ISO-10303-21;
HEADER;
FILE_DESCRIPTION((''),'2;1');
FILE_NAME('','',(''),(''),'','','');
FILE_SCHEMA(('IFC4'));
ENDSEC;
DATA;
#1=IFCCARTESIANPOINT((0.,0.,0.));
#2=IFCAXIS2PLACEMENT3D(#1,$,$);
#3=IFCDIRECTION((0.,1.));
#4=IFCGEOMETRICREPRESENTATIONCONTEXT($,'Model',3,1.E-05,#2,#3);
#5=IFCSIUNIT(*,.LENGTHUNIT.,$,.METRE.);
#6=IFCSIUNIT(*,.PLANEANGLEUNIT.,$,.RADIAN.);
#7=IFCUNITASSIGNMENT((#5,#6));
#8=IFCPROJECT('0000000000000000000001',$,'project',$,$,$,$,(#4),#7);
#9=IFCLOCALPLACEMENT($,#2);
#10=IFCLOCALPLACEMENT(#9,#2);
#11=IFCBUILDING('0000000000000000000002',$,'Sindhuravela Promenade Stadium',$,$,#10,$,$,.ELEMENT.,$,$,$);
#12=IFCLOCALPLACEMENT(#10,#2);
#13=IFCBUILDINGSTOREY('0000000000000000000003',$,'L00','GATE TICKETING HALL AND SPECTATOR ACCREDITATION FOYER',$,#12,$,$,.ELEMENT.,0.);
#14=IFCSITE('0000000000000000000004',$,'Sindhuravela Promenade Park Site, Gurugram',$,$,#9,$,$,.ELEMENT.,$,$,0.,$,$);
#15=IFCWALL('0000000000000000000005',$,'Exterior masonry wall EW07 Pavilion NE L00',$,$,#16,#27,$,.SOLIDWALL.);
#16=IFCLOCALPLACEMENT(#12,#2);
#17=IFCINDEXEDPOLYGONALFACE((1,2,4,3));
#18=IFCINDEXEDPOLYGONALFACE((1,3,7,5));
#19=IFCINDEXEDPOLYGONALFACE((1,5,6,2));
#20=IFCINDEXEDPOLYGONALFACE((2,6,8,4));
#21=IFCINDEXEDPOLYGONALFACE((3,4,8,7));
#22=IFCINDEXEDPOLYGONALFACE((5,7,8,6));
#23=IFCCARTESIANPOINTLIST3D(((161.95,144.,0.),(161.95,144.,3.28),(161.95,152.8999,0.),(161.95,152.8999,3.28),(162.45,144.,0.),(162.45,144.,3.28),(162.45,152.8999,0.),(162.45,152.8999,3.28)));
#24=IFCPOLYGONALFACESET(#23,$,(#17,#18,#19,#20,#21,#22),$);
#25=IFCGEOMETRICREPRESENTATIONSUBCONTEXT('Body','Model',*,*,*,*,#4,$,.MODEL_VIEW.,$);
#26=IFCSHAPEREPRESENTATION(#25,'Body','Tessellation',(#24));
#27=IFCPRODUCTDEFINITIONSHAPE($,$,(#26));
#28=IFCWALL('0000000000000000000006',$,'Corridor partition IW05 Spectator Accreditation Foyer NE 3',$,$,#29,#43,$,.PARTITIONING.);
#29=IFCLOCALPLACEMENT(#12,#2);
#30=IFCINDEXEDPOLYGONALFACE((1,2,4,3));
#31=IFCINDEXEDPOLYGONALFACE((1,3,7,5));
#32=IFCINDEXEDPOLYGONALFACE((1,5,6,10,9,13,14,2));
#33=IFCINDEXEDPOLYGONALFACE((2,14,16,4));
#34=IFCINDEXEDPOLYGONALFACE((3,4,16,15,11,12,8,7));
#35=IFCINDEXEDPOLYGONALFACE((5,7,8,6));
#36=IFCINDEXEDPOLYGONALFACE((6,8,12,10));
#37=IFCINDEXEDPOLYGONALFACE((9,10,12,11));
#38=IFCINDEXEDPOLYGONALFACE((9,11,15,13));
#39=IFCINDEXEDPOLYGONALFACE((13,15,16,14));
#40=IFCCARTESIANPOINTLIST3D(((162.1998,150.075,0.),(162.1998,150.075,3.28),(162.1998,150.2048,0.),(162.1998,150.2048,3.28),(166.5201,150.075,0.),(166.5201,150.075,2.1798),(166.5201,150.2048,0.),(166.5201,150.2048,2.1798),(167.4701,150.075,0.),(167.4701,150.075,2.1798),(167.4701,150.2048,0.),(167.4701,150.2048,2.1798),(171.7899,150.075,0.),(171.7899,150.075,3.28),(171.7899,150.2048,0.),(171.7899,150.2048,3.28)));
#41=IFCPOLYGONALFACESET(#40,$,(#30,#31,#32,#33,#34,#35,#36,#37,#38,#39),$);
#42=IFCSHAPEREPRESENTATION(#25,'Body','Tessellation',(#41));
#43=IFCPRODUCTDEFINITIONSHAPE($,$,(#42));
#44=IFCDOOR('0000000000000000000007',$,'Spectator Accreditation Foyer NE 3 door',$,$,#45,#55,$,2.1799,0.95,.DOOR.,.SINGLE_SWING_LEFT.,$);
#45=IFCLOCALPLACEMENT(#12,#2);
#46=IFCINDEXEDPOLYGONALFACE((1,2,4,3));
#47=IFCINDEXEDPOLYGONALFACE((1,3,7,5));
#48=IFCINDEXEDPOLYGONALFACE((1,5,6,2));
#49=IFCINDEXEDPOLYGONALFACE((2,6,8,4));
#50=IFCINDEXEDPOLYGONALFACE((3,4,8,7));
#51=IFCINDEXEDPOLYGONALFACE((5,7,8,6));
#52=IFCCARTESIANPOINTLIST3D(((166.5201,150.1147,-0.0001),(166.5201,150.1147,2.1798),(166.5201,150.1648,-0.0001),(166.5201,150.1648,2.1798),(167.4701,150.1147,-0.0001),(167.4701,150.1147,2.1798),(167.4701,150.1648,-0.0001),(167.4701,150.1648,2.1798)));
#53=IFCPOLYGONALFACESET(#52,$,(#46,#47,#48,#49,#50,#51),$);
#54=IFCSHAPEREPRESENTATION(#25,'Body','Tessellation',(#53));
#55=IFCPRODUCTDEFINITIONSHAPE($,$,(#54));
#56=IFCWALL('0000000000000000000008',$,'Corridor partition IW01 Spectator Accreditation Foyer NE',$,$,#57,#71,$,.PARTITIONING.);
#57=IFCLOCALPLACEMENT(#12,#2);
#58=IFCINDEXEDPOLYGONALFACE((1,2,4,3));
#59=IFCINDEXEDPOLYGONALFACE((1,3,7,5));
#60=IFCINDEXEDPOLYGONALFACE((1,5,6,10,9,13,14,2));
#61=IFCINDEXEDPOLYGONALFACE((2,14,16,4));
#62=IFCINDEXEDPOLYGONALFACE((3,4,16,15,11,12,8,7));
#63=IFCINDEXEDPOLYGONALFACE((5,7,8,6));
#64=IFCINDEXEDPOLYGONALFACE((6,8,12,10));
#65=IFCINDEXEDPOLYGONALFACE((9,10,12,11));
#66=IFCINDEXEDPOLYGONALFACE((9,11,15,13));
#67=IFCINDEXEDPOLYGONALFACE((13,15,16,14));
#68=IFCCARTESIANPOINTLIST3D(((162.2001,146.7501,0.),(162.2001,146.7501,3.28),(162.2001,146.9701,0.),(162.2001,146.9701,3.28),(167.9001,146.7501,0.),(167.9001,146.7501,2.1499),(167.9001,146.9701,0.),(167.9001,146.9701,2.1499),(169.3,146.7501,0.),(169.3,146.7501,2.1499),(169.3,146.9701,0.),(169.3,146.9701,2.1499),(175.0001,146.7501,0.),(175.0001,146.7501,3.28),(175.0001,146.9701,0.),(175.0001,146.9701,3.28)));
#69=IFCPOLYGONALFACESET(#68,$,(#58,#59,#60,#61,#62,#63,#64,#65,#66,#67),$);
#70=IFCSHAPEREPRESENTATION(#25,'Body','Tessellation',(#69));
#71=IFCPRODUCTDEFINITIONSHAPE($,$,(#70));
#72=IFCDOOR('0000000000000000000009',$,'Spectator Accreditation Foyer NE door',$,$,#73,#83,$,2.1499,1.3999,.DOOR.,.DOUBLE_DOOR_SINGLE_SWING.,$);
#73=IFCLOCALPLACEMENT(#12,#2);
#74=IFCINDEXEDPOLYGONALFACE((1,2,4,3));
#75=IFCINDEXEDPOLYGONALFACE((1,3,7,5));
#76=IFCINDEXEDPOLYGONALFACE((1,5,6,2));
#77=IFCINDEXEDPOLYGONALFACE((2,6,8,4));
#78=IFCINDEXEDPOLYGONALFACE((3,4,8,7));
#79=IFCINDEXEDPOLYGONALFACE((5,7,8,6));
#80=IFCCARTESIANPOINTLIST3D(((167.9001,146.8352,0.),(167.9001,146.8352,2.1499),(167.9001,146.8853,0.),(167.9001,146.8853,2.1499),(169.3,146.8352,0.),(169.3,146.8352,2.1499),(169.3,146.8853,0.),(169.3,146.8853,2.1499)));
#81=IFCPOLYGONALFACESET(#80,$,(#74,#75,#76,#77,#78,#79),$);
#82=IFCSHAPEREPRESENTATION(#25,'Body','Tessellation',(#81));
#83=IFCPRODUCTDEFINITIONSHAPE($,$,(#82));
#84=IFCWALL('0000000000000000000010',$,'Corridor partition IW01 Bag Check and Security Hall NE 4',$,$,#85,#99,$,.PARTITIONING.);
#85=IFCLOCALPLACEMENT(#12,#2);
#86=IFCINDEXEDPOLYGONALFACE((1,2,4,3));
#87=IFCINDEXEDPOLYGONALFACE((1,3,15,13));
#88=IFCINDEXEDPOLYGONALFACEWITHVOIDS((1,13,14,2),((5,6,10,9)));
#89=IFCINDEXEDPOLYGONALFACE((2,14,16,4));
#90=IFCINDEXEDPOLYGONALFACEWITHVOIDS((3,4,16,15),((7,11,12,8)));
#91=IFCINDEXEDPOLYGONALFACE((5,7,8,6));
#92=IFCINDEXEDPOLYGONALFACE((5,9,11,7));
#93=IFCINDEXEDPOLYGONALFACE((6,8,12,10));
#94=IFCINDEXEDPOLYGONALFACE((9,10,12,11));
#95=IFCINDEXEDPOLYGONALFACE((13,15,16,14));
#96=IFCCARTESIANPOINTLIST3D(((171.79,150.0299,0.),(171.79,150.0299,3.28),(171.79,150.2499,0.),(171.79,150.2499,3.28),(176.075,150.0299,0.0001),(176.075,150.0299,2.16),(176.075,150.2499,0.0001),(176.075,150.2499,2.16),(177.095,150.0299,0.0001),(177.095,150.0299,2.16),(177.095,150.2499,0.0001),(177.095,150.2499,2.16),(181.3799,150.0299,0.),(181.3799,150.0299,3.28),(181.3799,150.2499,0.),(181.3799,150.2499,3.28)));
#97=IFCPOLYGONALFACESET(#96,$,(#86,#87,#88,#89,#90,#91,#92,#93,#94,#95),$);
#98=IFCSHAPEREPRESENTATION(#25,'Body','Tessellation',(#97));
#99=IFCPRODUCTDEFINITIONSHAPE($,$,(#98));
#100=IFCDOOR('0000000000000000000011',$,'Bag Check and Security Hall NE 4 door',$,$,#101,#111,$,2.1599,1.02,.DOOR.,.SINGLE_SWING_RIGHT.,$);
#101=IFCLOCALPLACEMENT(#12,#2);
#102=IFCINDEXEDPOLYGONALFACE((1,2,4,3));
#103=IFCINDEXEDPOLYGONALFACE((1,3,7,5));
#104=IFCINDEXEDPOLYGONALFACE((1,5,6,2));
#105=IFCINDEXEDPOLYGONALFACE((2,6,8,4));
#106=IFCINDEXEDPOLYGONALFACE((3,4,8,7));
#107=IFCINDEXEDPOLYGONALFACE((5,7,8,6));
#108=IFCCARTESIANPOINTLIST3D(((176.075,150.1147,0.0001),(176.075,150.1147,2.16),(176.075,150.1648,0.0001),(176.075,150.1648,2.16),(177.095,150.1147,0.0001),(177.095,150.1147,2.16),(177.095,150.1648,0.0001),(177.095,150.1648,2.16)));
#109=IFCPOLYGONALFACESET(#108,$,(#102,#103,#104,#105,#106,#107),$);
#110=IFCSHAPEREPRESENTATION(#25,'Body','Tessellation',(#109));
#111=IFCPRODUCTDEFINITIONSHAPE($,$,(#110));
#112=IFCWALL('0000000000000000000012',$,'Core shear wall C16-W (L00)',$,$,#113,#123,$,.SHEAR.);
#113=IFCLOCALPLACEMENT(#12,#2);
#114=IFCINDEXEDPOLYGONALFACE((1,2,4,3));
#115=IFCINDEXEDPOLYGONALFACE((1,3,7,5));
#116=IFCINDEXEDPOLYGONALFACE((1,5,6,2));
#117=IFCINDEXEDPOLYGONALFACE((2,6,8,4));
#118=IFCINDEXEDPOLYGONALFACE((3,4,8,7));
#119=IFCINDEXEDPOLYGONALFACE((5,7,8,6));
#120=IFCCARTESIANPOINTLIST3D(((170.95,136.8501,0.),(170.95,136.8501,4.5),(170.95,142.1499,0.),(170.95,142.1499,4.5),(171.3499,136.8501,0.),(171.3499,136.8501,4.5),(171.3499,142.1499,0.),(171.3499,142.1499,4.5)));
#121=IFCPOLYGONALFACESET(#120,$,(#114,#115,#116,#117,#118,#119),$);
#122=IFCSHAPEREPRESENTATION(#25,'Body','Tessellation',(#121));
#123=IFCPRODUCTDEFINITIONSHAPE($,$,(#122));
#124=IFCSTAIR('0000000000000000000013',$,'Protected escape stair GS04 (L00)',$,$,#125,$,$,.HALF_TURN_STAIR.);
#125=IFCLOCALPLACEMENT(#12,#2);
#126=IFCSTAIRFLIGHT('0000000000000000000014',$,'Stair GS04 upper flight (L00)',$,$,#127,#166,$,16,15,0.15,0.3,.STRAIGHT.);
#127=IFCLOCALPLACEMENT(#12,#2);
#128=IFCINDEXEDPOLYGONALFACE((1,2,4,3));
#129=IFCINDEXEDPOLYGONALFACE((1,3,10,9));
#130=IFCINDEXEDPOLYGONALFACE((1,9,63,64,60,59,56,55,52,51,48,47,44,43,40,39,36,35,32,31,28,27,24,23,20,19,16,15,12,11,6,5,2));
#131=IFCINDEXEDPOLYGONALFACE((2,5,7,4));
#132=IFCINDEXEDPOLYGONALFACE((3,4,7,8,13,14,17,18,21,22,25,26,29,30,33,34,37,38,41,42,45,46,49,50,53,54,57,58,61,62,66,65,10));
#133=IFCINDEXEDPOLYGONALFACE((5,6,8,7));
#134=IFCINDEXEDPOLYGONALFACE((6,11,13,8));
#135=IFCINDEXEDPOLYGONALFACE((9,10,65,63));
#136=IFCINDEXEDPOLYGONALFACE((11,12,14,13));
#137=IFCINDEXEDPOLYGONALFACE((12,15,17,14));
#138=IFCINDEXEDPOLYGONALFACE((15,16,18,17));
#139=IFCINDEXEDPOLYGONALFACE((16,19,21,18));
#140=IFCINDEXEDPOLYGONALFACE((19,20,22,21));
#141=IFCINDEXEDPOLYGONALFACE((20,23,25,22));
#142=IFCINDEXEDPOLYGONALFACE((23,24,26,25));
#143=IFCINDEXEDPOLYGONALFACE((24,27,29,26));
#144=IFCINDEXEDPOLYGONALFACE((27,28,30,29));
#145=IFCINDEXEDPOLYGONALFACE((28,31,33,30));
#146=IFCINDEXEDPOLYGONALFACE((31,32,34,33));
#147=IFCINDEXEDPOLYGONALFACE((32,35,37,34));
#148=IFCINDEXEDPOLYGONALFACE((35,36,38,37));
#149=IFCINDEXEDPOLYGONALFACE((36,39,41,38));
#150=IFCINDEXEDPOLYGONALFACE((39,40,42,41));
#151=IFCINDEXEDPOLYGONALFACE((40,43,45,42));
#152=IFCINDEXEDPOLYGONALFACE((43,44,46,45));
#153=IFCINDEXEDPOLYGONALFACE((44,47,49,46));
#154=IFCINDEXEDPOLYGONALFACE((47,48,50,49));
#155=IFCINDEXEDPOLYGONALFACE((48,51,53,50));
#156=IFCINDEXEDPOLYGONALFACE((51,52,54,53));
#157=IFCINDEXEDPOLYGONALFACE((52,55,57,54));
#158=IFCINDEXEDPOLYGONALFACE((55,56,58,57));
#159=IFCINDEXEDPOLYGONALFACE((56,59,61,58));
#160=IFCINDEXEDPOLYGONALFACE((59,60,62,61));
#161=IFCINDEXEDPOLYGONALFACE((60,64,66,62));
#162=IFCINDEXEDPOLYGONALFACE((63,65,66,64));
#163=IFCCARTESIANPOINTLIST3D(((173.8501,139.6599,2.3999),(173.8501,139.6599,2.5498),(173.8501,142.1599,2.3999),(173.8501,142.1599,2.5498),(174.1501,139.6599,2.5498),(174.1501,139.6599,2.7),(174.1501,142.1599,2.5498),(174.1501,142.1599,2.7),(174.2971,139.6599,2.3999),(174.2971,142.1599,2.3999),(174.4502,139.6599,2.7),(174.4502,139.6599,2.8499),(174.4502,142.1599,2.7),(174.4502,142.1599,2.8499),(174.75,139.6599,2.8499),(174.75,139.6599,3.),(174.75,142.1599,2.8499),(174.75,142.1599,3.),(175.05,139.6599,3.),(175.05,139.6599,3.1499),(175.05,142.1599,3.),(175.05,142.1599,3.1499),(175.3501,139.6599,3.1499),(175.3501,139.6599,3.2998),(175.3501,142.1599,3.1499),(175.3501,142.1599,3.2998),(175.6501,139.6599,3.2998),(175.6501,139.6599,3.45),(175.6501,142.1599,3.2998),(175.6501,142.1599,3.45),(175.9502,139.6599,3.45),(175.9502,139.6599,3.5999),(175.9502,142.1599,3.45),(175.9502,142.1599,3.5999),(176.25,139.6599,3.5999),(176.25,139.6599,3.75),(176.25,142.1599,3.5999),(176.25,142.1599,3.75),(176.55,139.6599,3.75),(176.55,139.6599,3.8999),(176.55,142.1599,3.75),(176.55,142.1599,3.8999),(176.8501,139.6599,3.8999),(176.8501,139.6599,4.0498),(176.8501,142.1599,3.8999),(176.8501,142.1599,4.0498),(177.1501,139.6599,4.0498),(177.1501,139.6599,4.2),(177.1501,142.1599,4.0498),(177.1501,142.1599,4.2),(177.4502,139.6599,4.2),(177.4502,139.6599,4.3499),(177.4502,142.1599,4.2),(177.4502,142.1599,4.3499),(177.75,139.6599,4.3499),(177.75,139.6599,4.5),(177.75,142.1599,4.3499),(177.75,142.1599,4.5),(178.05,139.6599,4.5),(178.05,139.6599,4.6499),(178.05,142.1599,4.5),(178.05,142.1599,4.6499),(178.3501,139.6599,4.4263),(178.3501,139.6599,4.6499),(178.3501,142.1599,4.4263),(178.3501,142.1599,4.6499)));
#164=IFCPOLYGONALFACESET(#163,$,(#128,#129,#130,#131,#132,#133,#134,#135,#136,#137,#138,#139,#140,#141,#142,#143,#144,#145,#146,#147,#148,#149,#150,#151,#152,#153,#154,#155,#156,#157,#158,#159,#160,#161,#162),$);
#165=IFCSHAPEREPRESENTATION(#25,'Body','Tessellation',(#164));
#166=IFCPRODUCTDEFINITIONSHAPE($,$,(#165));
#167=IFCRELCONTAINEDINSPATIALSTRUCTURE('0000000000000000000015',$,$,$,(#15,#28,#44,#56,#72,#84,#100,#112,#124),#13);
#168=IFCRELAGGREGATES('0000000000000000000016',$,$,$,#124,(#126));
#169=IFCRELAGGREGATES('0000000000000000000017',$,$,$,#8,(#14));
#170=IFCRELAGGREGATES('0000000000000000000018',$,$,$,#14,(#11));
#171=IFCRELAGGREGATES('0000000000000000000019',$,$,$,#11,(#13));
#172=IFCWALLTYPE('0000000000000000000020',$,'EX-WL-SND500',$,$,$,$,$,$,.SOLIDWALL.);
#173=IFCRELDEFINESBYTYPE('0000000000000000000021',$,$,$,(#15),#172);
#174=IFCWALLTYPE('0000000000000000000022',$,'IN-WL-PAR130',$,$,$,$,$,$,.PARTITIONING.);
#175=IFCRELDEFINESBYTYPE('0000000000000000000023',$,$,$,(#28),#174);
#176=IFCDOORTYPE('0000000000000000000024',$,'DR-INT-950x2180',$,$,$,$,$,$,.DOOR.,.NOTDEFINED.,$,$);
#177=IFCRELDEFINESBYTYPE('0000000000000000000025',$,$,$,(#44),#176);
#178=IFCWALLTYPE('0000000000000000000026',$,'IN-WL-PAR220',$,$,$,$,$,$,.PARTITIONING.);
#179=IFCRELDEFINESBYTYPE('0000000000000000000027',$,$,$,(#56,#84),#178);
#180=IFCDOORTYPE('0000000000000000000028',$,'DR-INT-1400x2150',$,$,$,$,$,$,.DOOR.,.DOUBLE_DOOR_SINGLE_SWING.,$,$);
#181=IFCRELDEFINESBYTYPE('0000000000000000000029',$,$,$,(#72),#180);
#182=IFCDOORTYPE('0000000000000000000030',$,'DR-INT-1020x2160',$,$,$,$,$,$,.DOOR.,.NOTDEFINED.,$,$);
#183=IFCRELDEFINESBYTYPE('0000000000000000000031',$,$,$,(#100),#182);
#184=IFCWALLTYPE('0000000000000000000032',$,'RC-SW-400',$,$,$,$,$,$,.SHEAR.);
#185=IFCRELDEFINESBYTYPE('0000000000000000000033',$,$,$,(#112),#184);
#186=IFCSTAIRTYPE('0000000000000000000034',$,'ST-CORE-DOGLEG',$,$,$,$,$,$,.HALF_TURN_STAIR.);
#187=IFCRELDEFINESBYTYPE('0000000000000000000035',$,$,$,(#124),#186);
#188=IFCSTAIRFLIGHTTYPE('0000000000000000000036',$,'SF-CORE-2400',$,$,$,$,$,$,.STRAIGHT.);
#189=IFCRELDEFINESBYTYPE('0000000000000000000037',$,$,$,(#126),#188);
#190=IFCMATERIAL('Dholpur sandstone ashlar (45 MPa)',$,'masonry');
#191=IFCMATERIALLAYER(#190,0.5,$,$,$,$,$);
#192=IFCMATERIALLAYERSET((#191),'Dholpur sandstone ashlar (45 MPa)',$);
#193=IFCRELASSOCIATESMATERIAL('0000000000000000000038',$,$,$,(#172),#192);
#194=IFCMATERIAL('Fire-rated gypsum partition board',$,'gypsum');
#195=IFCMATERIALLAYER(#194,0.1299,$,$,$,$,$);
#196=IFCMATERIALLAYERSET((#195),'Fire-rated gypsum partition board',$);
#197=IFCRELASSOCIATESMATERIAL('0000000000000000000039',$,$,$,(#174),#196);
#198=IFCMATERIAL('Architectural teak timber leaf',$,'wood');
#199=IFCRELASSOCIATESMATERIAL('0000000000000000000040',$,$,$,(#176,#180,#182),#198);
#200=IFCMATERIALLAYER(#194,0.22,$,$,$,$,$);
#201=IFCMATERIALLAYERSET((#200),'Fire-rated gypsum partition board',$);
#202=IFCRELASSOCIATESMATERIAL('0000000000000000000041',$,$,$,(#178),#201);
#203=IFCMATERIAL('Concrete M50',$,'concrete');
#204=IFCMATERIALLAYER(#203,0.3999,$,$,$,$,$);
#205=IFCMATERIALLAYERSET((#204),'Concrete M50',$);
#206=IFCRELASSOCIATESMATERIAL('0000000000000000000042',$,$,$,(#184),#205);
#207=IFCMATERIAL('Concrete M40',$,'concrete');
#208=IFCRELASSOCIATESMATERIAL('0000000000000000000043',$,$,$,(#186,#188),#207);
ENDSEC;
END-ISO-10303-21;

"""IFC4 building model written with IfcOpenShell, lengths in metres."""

from ifc_helpers import new_model, si_unit, direction, frame, frame_2d, origin, place, context, subcontext, project, spatial, polyline, rectangle, outline, extrude, material, layer, layer_set, type_object, element, fill, aggregate, save


model = new_model("IFC4")

# Units and contexts
model_context = context("Model", 3, precision=1e-05, world=origin(), true_north=direction((0.0, 1.0)))
body_context = subcontext(model_context, "Body", "Model", "MODEL_VIEW")
ifc_project = project(units=[si_unit("LENGTHUNIT", "METRE"), si_unit("PLANEANGLEUNIT", "RADIAN")], contexts=[model_context])

# Site, building, storey
site_placement = place(None, origin())
site = spatial("IfcSite", under=ifc_project, at=site_placement, Name="Sindhuravela Promenade Park Site, Gurugram", CompositionType="ELEMENT", RefElevation=0.0)
building_placement = place(site_placement, origin())
building = spatial("IfcBuilding", under=site, at=building_placement, Name="Sindhuravela Promenade Stadium", CompositionType="ELEMENT")
storey_placement = place(building_placement, origin())
storey = spatial("IfcBuildingStorey", under=building, at=storey_placement, Name="L00", Description="GATE TICKETING HALL AND SPECTATOR ACCREDITATION FOYER", CompositionType="ELEMENT", Elevation=0.0)

# Shared definitions
ifc_material_1 = material(Name="Concrete M50", Category="concrete")

# Shared definitions
ifc_material_2 = material(Name="Concrete M40", Category="concrete")

# Wall
ifc_material_3 = material(Name="Dholpur sandstone ashlar (45 MPa)", Category="masonry")
ifc_layer_1 = layer(ifc_material_3, 0.5)
ifc_layer_set_1 = layer_set([ifc_layer_1], Name="Dholpur sandstone ashlar (45 MPa)")
wall_type_1 = type_object("IfcWallType", Name="EX-WL-SND500", PredefinedType="SOLIDWALL", material=ifc_layer_set_1)
wall_1_placement = place(storey_placement, frame((162.2, 144.0, 0.0), z_axis=(0.0, 0.0, 1.0), x_axis=(0.0, 1.0, 0.0)))
element("IfcWall", 1, at=wall_1_placement, inside=storey, type_object=wall_type_1, Name="Exterior masonry wall EW07 Pavilion NE L00", PredefinedType="SOLIDWALL", context=body_context, shape_type="SweptSolid", body=[
    extrude(rectangle(XDim=8.8999, YDim=0.5, at=frame_2d((4.45, 0.0))), origin(), (0.0, 0.0, 1.0), 3.28),
])

# Walls, openings, doors
ifc_material_4 = material(Name="Fire-rated gypsum partition board", Category="gypsum")
ifc_layer_2 = layer(ifc_material_4, 0.1299)
ifc_layer_set_2 = layer_set([ifc_layer_2], Name="Fire-rated gypsum partition board")
wall_type_2 = type_object("IfcWallType", Name="IN-WL-PAR130", PredefinedType="PARTITIONING", material=ifc_layer_set_2)
wall_2_placement = place(storey_placement, frame((162.2, 150.1399, 0.0), z_axis=(0.0, 0.0, 1.0), x_axis=(1.0, 0.0, 0.0)))
wall_2 = element("IfcWall", 2, at=wall_2_placement, inside=storey, type_object=wall_type_2, Name="Corridor partition IW05 Spectator Accreditation Foyer NE 3", PredefinedType="PARTITIONING", context=body_context, shape_type="SweptSolid", body=[
    extrude(rectangle(XDim=9.5901, YDim=0.1299, at=frame_2d((4.7949, 0.0))), origin(), (0.0, 0.0, 1.0), 3.28),
])
opening_1_placement = place(wall_2_placement, frame((4.3201, 0.0, 0.0)))
opening_1 = element("IfcOpeningElement", 3, at=opening_1_placement, cuts=wall_2, PredefinedType="OPENING", context=body_context, shape_type="SweptSolid", body=[
    extrude(rectangle(XDim=0.95, YDim=2.1799, at=frame_2d((0.4751, 1.0898))), frame((0.0, 0.075, 0.0), z_axis=(0.0, -1.0, 0.0), x_axis=(1.0, 0.0, 0.0)), (0.0, 0.0, 1.0), 0.1499),
])
ifc_material_5 = material(Name="Architectural teak timber leaf", Category="wood")
door_type_1 = type_object("IfcDoorType", Name="DR-INT-950x2180", OperationType="NOTDEFINED", PredefinedType="DOOR", material=ifc_material_5)
door_1_placement = place(opening_1_placement, origin())
door_1 = element("IfcDoor", 4, at=door_1_placement, inside=storey, type_object=door_type_1, Name="Spectator Accreditation Foyer NE 3 door", OperationType="SINGLE_SWING_LEFT", OverallHeight=2.1799, OverallWidth=0.95, PredefinedType="DOOR", context=body_context, shape_type="SweptSolid", body=[
    extrude(rectangle(XDim=0.95, YDim=2.1799, at=frame_2d((0.4751, 1.0898))), frame((0.0, 0.0249, 0.0), z_axis=(0.0, -1.0, 0.0), x_axis=(1.0, 0.0, 0.0)), (0.0, 0.0, 1.0), 0.05),
])
fill(opening_1, door_1)
ifc_layer_3 = layer(ifc_material_4, 0.22)
ifc_layer_set_3 = layer_set([ifc_layer_3], Name="Fire-rated gypsum partition board")
wall_type_3 = type_object("IfcWallType", Name="IN-WL-PAR220", PredefinedType="PARTITIONING", material=ifc_layer_set_3)
wall_3_placement = place(storey_placement, frame((175.0, 146.8601, 0.0), z_axis=(0.0, 0.0, 1.0), x_axis=(-1.0, 0.0, 0.0)))
wall_3 = element("IfcWall", 5, at=wall_3_placement, inside=storey, type_object=wall_type_3, Name="Corridor partition IW01 Spectator Accreditation Foyer NE", PredefinedType="PARTITIONING", context=body_context, shape_type="SweptSolid", body=[
    extrude(rectangle(XDim=12.8, YDim=0.22, at=frame_2d((6.3999, 0.0))), origin(), (0.0, 0.0, 1.0), 3.28),
])
opening_2_placement = place(wall_3_placement, frame((5.7, 0.0, 0.0)))
opening_2 = element("IfcOpeningElement", 6, at=opening_2_placement, cuts=wall_3, PredefinedType="OPENING", context=body_context, shape_type="SweptSolid", body=[
    extrude(rectangle(XDim=1.3999, YDim=2.1499, at=frame_2d((0.7, 1.075))), frame((0.0, 0.1199, 0.0), z_axis=(0.0, -1.0, 0.0), x_axis=(1.0, 0.0, 0.0)), (0.0, 0.0, 1.0), 0.24),
])
door_type_2 = type_object("IfcDoorType", Name="DR-INT-1400x2150", OperationType="DOUBLE_DOOR_SINGLE_SWING", PredefinedType="DOOR", material=ifc_material_5)
door_2_placement = place(opening_2_placement, origin())
door_2 = element("IfcDoor", 7, at=door_2_placement, inside=storey, type_object=door_type_2, Name="Spectator Accreditation Foyer NE door", OperationType="DOUBLE_DOOR_SINGLE_SWING", OverallHeight=2.1499, OverallWidth=1.3999, PredefinedType="DOOR", context=body_context, shape_type="SweptSolid", body=[
    extrude(rectangle(XDim=1.3999, YDim=2.1499, at=frame_2d((0.7, 1.075))), frame((0.0, 0.0249, 0.0), z_axis=(0.0, -1.0, 0.0), x_axis=(1.0, 0.0, 0.0)), (0.0, 0.0, 1.0), 0.05),
])
fill(opening_2, door_2)
wall_4_placement = place(storey_placement, frame((171.79, 150.1399, 0.0), z_axis=(0.0, 0.0, 1.0), x_axis=(1.0, 0.0, 0.0)))
wall_4 = element("IfcWall", 8, at=wall_4_placement, inside=storey, type_object=wall_type_3, Name="Corridor partition IW01 Bag Check and Security Hall NE 4", PredefinedType="PARTITIONING", context=body_context, shape_type="SweptSolid", body=[
    extrude(rectangle(XDim=9.5898, YDim=0.22, at=frame_2d((4.7949, 0.0))), origin(), (0.0, 0.0, 1.0), 3.28),
])
opening_3_placement = place(wall_4_placement, frame((4.2849, 0.0, 0.0)))
opening_3 = element("IfcOpeningElement", 9, at=opening_3_placement, cuts=wall_4, PredefinedType="OPENING", context=body_context, shape_type="SweptSolid", body=[
    extrude(rectangle(XDim=1.02, YDim=2.1599, at=frame_2d((0.51, 1.0801))), frame((0.0, 0.1199, 0.0), z_axis=(0.0, -1.0, 0.0), x_axis=(1.0, 0.0, 0.0)), (0.0, 0.0, 1.0), 0.24),
])
door_type_3 = type_object("IfcDoorType", Name="DR-INT-1020x2160", OperationType="NOTDEFINED", PredefinedType="DOOR", material=ifc_material_5)
door_3_placement = place(opening_3_placement, origin())
door_3 = element("IfcDoor", 10, at=door_3_placement, inside=storey, type_object=door_type_3, Name="Bag Check and Security Hall NE 4 door", OperationType="SINGLE_SWING_RIGHT", OverallHeight=2.1599, OverallWidth=1.02, PredefinedType="DOOR", context=body_context, shape_type="SweptSolid", body=[
    extrude(rectangle(XDim=1.02, YDim=2.1599, at=frame_2d((0.51, 1.0801))), frame((0.0, 0.0249, 0.0), z_axis=(0.0, -1.0, 0.0), x_axis=(1.0, 0.0, 0.0)), (0.0, 0.0, 1.0), 0.05),
])
fill(opening_3, door_3)

# Wall
ifc_layer_4 = layer(ifc_material_1, 0.3999)
ifc_layer_set_4 = layer_set([ifc_layer_4], Name="Concrete M50")
wall_type_4 = type_object("IfcWallType", Name="RC-SW-400", PredefinedType="SHEAR", material=ifc_layer_set_4)
wall_5_placement = place(storey_placement, frame((171.1499, 142.1499, 0.0), z_axis=(0.0, 0.0, 1.0), x_axis=(0.0, -1.0, 0.0)))
element("IfcWall", 11, at=wall_5_placement, inside=storey, type_object=wall_type_4, Name="Core shear wall C16-W (L00)", PredefinedType="SHEAR", context=body_context, shape_type="SweptSolid", body=[
    extrude(rectangle(XDim=5.2998, YDim=0.3999, at=frame_2d((2.6499, 0.0))), origin(), (0.0, 0.0, 1.0), 4.5),
])

# Stair, stair flight
stair_type = type_object("IfcStairType", Name="ST-CORE-DOGLEG", PredefinedType="HALF_TURN_STAIR", material=ifc_material_2)
stair_placement = place(storey_placement, origin())
stair = element("IfcStair", 12, at=stair_placement, inside=storey, type_object=stair_type, Name="Protected escape stair GS04 (L00)", PredefinedType="HALF_TURN_STAIR")
stair_flight_type = type_object("IfcStairFlightType", Name="SF-CORE-2400", PredefinedType="STRAIGHT", material=ifc_material_2)
stair_flight_placement = place(storey_placement, frame((173.8501, 140.9099, 2.3999), z_axis=(0.0, 0.0, 1.0), x_axis=(1.0, 0.0, 0.0)))
stair_flight = element("IfcStairFlight", 13, at=stair_flight_placement, type_object=stair_flight_type, Name="Stair GS04 upper flight (L00)", NumberOfRisers=16, NumberOfTreads=15, PredefinedType="STRAIGHT", RiserHeight=0.15, TreadLength=0.3, context=body_context, shape_type="SweptSolid", body=[
    extrude(outline(polyline([(0.0, 0.0), (0.0, 0.1499), (0.3, 0.1499), (0.3, 0.3), (0.6001, 0.3), (0.6001, 0.45), (0.8999, 0.45), (0.8999, 0.6001), (1.2, 0.6001), (1.2, 0.75), (1.5, 0.75), (1.5, 0.8999), (1.8, 0.8999), (1.8, 1.05), (2.1001, 1.05), (2.1001, 1.2), (2.3999, 1.2), (2.3999, 1.3501), (2.7, 1.3501), (2.7, 1.5), (3.0, 1.5), (3.0, 1.6499), (3.3, 1.6499), (3.3, 1.8), (3.6001, 1.8), (3.6001, 1.95), (3.8999, 1.95), (3.8999, 2.1001), (4.2, 2.1001), (4.2, 2.25), (4.5, 2.25), (4.5, 2.3999), (4.5, 2.0264), (0.447, 0.0), (0.0, 0.0)])), frame((0.0, 1.25, 0.0), z_axis=(0.0, -1.0, 0.0), x_axis=(1.0, 0.0, 0.0)), (0.0, 0.0, 1.0), 2.5),
])
aggregate(stair, [stair_flight])

save(model, "model.ifc")
